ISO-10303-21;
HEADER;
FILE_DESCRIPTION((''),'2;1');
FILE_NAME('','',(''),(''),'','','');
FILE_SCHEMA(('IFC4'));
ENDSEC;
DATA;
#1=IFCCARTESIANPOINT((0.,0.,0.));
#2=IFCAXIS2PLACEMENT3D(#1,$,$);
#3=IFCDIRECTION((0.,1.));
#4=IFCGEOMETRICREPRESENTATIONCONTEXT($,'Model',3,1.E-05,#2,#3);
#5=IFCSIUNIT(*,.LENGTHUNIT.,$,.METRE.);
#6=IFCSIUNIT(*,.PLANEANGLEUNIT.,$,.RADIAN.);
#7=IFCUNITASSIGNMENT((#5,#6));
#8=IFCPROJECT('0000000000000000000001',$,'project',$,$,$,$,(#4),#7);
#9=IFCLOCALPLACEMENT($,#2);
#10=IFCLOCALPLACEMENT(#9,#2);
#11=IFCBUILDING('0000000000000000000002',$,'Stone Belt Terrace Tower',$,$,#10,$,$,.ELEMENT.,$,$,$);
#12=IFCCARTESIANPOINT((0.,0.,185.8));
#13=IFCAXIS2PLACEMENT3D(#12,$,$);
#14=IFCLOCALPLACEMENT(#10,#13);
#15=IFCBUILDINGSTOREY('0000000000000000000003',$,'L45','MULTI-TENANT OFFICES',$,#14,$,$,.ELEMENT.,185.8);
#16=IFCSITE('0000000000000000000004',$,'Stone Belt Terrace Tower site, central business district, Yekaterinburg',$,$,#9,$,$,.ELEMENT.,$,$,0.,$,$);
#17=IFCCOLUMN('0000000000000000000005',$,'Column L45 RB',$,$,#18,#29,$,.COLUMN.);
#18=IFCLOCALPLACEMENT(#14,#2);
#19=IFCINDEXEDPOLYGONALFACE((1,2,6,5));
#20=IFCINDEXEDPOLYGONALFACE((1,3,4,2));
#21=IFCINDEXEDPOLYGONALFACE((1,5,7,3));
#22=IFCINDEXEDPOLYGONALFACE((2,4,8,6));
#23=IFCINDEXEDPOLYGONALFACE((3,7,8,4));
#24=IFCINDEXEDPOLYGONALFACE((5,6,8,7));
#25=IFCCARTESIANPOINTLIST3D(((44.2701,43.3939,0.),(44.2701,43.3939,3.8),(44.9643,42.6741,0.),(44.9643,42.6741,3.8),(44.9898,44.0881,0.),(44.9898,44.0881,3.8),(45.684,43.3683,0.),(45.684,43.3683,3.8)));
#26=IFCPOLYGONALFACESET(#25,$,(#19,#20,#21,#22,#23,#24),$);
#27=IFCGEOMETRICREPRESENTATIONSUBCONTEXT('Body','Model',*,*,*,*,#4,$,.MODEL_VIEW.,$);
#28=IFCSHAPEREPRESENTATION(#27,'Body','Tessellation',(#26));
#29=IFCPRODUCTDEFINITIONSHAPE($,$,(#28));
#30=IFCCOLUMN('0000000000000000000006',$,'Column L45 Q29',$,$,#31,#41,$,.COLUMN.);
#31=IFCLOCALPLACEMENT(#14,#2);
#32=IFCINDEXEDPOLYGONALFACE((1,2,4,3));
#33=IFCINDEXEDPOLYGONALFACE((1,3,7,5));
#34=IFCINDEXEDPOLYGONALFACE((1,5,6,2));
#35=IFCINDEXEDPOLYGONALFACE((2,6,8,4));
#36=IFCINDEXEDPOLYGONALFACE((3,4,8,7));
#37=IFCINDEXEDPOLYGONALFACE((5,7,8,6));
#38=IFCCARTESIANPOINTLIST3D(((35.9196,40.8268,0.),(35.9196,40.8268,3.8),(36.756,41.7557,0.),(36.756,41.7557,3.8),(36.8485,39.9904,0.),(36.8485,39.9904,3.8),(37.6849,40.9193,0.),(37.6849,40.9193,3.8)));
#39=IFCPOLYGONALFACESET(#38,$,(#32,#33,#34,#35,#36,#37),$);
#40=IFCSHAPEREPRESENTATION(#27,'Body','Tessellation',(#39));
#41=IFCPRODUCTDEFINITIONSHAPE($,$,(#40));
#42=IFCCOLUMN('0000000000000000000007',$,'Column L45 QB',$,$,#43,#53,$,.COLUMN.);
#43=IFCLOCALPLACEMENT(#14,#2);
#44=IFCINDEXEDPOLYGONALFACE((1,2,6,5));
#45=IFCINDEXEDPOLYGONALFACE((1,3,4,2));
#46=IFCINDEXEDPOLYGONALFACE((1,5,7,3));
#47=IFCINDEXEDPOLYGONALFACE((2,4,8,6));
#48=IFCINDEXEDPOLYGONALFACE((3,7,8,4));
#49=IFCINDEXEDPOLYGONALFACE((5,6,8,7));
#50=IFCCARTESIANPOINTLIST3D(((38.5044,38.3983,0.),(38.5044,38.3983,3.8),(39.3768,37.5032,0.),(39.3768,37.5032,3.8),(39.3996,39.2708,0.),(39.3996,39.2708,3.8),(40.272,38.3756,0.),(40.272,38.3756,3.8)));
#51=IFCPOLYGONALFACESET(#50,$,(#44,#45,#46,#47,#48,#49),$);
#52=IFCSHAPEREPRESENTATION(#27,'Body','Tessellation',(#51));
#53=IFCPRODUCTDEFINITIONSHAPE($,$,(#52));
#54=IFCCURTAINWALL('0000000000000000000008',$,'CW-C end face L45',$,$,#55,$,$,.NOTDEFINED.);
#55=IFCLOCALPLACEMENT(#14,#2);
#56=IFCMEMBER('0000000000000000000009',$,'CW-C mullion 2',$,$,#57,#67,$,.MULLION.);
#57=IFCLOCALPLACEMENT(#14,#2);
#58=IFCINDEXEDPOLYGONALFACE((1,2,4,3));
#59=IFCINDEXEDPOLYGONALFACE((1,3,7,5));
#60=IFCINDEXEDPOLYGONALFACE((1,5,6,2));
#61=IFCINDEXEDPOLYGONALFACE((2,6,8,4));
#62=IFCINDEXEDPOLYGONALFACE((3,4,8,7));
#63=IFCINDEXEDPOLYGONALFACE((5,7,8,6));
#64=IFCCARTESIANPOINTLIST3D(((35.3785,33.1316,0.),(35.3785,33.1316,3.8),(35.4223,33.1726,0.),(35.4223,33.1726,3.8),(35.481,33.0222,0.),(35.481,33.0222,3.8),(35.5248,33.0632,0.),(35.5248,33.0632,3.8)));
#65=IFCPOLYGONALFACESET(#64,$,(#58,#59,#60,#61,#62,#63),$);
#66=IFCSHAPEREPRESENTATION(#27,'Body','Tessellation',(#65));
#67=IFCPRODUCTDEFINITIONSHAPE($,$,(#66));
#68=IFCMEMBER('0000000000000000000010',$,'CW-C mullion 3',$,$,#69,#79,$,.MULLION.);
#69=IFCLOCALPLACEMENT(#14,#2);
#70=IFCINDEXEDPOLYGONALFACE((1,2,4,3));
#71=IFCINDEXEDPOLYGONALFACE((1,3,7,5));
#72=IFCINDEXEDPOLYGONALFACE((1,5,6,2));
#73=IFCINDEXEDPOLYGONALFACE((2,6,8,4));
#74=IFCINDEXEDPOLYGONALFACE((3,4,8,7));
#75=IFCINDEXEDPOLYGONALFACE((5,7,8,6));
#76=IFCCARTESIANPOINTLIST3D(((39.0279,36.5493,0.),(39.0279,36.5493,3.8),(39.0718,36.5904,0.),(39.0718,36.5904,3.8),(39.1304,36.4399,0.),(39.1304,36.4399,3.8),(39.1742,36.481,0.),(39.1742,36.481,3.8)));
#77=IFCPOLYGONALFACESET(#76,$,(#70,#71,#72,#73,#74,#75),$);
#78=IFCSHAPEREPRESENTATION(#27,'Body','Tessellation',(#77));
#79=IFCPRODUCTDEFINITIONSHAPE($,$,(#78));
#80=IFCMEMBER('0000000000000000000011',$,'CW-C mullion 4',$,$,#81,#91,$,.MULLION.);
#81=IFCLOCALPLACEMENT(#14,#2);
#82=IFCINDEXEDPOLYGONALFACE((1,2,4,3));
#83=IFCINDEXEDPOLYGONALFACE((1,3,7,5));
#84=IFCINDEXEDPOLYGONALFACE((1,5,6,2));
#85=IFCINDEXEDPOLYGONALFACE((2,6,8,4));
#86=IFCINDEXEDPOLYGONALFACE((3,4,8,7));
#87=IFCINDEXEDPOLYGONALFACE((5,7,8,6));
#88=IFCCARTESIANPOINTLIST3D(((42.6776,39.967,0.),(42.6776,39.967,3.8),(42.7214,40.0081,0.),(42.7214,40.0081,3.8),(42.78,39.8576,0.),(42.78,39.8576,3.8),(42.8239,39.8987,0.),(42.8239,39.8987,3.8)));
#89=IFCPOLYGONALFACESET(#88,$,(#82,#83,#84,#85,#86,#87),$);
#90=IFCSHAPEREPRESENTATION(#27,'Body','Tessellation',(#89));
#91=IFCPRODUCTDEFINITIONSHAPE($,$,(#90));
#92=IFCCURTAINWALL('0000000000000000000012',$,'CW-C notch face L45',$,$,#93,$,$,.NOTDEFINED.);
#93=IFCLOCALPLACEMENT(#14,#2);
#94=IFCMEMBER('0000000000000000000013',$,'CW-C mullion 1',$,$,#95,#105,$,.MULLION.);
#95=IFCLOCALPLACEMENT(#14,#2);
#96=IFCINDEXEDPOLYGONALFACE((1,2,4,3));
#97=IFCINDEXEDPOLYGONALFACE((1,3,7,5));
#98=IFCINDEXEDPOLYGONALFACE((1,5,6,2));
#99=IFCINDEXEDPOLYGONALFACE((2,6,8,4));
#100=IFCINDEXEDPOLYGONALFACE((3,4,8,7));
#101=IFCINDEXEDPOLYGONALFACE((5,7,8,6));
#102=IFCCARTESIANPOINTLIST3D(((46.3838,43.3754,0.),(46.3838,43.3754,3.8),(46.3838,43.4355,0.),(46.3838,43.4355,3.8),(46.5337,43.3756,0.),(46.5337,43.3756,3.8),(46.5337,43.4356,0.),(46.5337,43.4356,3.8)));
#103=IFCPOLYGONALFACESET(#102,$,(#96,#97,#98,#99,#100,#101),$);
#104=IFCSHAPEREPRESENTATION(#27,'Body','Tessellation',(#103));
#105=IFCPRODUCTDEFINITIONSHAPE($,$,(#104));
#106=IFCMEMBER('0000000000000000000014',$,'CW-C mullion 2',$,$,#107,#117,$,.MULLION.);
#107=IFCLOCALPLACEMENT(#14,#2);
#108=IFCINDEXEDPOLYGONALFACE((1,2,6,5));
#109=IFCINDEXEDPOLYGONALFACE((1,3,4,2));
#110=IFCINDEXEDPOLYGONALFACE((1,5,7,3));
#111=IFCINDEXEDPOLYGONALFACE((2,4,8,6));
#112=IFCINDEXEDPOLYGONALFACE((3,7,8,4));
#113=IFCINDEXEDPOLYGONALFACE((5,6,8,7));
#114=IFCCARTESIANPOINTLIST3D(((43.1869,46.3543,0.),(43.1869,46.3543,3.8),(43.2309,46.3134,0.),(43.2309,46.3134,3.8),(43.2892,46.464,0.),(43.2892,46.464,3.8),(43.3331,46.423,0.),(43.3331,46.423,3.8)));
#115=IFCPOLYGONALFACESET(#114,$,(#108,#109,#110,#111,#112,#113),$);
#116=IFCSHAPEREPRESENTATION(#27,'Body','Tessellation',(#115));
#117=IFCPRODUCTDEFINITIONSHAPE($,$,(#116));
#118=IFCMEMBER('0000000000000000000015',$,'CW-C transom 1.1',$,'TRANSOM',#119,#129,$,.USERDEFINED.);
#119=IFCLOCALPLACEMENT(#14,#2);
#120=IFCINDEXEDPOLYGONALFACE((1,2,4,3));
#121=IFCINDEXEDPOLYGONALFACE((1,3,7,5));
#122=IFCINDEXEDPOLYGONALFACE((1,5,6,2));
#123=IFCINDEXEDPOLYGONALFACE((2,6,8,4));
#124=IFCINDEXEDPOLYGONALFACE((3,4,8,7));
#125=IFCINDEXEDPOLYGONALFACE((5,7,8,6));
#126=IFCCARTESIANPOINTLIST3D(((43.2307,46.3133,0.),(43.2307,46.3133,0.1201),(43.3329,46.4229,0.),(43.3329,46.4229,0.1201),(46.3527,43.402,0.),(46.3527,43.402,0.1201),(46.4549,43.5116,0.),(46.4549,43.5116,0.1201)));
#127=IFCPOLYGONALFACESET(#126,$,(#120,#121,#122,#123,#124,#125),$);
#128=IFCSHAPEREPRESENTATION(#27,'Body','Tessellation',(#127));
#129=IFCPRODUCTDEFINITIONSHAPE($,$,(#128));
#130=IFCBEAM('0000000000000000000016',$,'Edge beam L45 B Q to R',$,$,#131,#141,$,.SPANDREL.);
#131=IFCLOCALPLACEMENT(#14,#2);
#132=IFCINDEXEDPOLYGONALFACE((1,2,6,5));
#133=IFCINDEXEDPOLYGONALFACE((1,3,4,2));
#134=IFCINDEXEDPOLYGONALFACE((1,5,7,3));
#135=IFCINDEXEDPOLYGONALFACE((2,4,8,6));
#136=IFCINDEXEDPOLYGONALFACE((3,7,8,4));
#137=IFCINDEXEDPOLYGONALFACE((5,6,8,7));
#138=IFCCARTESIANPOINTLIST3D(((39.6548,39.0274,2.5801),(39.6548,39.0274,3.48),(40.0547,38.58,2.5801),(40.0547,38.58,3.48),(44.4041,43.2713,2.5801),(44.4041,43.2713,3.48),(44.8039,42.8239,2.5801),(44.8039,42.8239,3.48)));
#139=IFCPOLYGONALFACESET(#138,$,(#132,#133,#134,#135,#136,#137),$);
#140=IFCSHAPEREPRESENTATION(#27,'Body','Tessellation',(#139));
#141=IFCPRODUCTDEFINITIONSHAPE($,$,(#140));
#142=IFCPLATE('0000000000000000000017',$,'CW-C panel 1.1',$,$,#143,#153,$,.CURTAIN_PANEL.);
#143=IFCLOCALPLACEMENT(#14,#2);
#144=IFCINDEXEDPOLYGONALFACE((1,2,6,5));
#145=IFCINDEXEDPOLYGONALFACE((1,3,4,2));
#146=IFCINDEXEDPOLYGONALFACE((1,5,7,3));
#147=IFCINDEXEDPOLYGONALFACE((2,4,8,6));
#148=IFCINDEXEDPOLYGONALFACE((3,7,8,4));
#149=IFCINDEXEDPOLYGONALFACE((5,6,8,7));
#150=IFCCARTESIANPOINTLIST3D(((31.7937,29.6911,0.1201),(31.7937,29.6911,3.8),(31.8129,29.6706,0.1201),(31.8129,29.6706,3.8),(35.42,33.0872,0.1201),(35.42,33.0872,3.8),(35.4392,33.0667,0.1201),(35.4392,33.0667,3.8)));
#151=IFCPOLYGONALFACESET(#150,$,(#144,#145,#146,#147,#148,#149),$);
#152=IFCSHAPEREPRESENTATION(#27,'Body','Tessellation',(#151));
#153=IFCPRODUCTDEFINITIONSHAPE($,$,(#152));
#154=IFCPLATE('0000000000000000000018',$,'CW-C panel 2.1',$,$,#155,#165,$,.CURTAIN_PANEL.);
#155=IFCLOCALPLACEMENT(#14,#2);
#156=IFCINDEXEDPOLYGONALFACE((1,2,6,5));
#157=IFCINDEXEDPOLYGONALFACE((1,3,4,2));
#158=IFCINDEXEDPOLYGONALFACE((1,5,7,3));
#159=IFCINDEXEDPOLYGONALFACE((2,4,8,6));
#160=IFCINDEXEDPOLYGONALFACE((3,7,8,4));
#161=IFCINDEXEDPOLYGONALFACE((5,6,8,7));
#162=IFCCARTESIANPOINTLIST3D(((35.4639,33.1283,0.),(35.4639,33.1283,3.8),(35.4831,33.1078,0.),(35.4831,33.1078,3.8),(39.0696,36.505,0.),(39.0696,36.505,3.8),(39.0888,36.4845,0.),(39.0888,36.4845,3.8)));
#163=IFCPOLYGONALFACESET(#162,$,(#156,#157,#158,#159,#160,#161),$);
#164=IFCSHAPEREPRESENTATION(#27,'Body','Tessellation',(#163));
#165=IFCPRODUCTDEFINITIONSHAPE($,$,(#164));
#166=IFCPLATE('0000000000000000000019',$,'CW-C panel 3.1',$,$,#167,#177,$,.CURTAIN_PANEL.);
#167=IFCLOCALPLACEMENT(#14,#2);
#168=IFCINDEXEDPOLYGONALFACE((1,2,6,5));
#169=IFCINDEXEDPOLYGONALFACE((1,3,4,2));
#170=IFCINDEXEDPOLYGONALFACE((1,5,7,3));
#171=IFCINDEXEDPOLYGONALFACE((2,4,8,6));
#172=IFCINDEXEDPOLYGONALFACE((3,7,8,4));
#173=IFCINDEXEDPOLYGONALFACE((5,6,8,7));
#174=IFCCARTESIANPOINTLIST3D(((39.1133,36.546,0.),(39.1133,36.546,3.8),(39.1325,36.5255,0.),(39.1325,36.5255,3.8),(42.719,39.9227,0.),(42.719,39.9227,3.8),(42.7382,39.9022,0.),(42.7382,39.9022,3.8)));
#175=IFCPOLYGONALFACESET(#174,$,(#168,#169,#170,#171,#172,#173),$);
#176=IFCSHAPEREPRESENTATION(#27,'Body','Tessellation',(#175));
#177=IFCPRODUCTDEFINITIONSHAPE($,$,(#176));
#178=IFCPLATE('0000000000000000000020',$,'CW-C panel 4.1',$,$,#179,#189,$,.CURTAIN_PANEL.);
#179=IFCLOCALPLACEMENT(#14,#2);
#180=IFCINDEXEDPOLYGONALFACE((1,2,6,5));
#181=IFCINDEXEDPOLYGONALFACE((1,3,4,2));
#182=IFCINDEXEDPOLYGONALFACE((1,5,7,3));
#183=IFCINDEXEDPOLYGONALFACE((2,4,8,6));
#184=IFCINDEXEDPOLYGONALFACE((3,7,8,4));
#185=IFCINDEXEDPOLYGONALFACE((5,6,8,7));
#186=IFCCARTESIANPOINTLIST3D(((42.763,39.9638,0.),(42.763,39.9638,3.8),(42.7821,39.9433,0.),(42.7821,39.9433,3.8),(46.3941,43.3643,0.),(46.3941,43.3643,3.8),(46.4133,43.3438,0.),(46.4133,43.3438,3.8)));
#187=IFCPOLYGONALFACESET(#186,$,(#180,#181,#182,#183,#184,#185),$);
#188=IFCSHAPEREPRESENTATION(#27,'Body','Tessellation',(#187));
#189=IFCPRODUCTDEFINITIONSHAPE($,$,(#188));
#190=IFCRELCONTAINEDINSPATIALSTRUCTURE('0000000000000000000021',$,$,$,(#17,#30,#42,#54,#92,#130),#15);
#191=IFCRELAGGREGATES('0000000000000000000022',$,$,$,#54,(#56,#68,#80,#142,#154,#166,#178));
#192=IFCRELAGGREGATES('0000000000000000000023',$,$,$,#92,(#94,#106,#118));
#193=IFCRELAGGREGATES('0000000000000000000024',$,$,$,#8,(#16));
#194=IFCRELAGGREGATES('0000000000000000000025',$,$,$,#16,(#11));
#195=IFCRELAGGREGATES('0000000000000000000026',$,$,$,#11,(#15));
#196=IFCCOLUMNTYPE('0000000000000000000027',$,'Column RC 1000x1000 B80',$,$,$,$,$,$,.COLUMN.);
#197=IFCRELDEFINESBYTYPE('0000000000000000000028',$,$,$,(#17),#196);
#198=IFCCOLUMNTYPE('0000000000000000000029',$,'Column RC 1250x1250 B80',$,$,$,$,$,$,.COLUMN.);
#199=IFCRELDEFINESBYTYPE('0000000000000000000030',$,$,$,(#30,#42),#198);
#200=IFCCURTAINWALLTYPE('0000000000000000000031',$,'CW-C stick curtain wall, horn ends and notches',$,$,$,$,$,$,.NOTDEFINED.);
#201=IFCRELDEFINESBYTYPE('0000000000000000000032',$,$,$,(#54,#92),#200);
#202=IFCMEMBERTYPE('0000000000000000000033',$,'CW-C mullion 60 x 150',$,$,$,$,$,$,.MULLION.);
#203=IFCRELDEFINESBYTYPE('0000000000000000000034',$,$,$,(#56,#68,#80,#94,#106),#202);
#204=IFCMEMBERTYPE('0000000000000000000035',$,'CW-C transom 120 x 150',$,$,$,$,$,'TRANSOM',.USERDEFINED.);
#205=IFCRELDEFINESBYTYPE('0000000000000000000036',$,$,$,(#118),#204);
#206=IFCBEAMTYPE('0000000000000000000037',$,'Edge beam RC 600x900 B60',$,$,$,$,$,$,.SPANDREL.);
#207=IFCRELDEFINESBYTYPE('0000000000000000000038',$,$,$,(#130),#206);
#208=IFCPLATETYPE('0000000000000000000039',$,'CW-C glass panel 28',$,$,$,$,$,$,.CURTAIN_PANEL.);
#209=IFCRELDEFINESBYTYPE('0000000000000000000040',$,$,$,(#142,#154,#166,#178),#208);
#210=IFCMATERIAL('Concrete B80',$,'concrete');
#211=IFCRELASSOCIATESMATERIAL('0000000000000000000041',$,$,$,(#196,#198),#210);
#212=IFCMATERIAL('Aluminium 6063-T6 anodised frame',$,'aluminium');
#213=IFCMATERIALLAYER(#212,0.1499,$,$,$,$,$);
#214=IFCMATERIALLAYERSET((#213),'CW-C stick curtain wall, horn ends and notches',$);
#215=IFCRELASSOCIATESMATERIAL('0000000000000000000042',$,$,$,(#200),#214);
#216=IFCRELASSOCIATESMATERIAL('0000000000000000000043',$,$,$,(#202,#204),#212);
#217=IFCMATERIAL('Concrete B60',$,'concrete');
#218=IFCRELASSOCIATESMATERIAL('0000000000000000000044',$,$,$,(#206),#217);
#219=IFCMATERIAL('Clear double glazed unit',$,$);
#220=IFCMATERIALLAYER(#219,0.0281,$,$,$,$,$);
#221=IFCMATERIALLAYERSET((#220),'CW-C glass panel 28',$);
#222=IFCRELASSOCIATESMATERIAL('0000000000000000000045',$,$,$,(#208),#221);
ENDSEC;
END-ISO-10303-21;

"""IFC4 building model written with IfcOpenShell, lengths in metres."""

from ifc_helpers import new_model, si_unit, direction, frame, origin, origin_2d, place, context, subcontext, project, spatial, rectangle, extrude, material, layer, layer_set, material_profile, profile_set, type_object, element, aggregate, save


model = new_model("IFC4")

# Units and contexts
model_context = context("Model", 3, precision=1e-05, world=origin(), true_north=direction((0.0, 1.0)))
body_context = subcontext(model_context, "Body", "Model", "MODEL_VIEW")
ifc_project = project(units=[si_unit("LENGTHUNIT", "METRE"), si_unit("PLANEANGLEUNIT", "RADIAN")], contexts=[model_context])

# Site, building, storey
site_placement = place(None, origin())
site = spatial("IfcSite", under=ifc_project, at=site_placement, Name="Stone Belt Terrace Tower site, central business district, Yekaterinburg", CompositionType="ELEMENT", RefElevation=0.0)
building_placement = place(site_placement, origin())
building = spatial("IfcBuilding", under=site, at=building_placement, Name="Stone Belt Terrace Tower", CompositionType="ELEMENT")
storey_placement = place(building_placement, frame((0.0, 0.0, 185.8)))
storey = spatial("IfcBuildingStorey", under=building, at=storey_placement, Name="L45", Description="MULTI-TENANT OFFICES", CompositionType="ELEMENT", Elevation=185.8)

# Columns
ifc_material_1 = material(Name="Concrete B80", Category="concrete")
ifc_material_profile_1 = material_profile(ifc_material_1, rectangle(XDim=1.0, YDim=1.0, at=origin_2d()), Name="RC 1000x1000")
ifc_profile_set_1 = profile_set([ifc_material_profile_1], Name="Concrete B80")
column_type_1 = type_object("IfcColumnType", Name="Column RC 1000x1000 B80", PredefinedType="COLUMN", material=ifc_profile_set_1)
column_placement = place(storey_placement, frame((44.9771, 43.3811, 0.0), z_axis=(0.0, 0.0, 1.0), x_axis=(0.694221, -0.719762, 0.0)))
element("IfcColumn", 1, at=column_placement, inside=storey, type_object=column_type_1, Name="Column L45 RB", PredefinedType="COLUMN", context=body_context, shape_type="SweptSolid", body=[
    extrude(rectangle(XDim=1.0, YDim=1.0, at=origin_2d()), origin(), (0.0, 0.0, 1.0), 3.8),
])
ifc_material_profile_2 = material_profile(ifc_material_1, rectangle(XDim=1.25, YDim=1.25, at=origin_2d()), Name="RC 1250x1250")
ifc_profile_set_2 = profile_set([ifc_material_profile_2], Name="Concrete B80")
column_type_2 = type_object("IfcColumnType", Name="Column RC 1250x1250 B80", PredefinedType="COLUMN", material=ifc_profile_set_2)
for number, where, z_axis, x_axis, name in (
    (2, (36.8022, 40.873, 0.0), (0.0, 0.0, 1.0), (0.743145, -0.669131, 0.0), "Column L45 Q29"),
    (3, (39.3882, 38.387, 0.0), (0.0, 0.0, 1.0), (0.697944, -0.716152, 0.0), "Column L45 QB"),
):
    element("IfcColumn", number, at=place(storey_placement, frame(where, z_axis=z_axis, x_axis=x_axis)), inside=storey, type_object=column_type_2, Name=name, PredefinedType="COLUMN", context=body_context, shape_type="SweptSolid", body=[
        extrude(rectangle(XDim=1.25, YDim=1.25, at=origin_2d()), origin(), (0.0, 0.0, 1.0), 3.8),
    ])

# Curtain walls, members
ifc_material_2 = material(Name="Aluminium 6063-T6 anodised frame", Category="aluminium")
ifc_layer_1 = layer(ifc_material_2, 0.1499)
ifc_layer_set_1 = layer_set([ifc_layer_1], Name="CW-C stick curtain wall, horn ends and notches")
curtain_wall_type = type_object("IfcCurtainWallType", Name="CW-C stick curtain wall, horn ends and notches", PredefinedType="NOTDEFINED", material=ifc_layer_set_1)
curtain_wall_1_placement = place(storey_placement, origin())
curtain_wall_1 = element("IfcCurtainWall", 4, at=curtain_wall_1_placement, inside=storey, type_object=curtain_wall_type, Name="CW-C end face L45", PredefinedType="NOTDEFINED")
ifc_material_profile_3 = material_profile(ifc_material_2, rectangle(XDim=0.1499, YDim=0.0601, at=origin_2d()), Name="Aluminium 6063-T6 60x150")
ifc_profile_set_3 = profile_set([ifc_material_profile_3], Name="Aluminium 6063-T6 anodised frame")
member_type_1 = type_object("IfcMemberType", Name="CW-C mullion 60 x 150", PredefinedType="MULLION", material=ifc_profile_set_3)
member_1_placement = place(storey_placement, frame((35.4517, 33.0974, 0.0), z_axis=(0.0, 0.0, 1.0), x_axis=(-0.683549, 0.729904, 0.0)))
member_1 = element("IfcMember", 5, at=member_1_placement, type_object=member_type_1, Name="CW-C mullion 2", PredefinedType="MULLION", context=body_context, shape_type="SweptSolid", body=[
    extrude(rectangle(XDim=0.1499, YDim=0.0601, at=origin_2d()), origin(), (0.0, 0.0, 1.0), 3.8),
])
member_2_placement = place(storey_placement, frame((39.1011, 36.5151, 0.0), z_axis=(0.0, 0.0, 1.0), x_axis=(-0.683549, 0.729904, 0.0)))
member_2 = element("IfcMember", 6, at=member_2_placement, type_object=member_type_1, Name="CW-C mullion 3", PredefinedType="MULLION", context=body_context, shape_type="SweptSolid", body=[
    extrude(rectangle(XDim=0.1499, YDim=0.0601, at=origin_2d()), origin(), (0.0, 0.0, 1.0), 3.8),
])
member_3_placement = place(storey_placement, frame((42.7507, 39.9329, 0.0), z_axis=(0.0, 0.0, 1.0), x_axis=(-0.683549, 0.729904, 0.0)))
member_3 = element("IfcMember", 7, at=member_3_placement, type_object=member_type_1, Name="CW-C mullion 4", PredefinedType="MULLION", context=body_context, shape_type="SweptSolid", body=[
    extrude(rectangle(XDim=0.1499, YDim=0.0601, at=origin_2d()), origin(), (0.0, 0.0, 1.0), 3.8),
])
curtain_wall_2_placement = place(storey_placement, origin())
curtain_wall_2 = element("IfcCurtainWall", 8, at=curtain_wall_2_placement, inside=storey, type_object=curtain_wall_type, Name="CW-C notch face L45", PredefinedType="NOTDEFINED")
member_4_placement = place(storey_placement, frame((46.4587, 43.4055, 0.0), z_axis=(0.0, 0.0, 1.0), x_axis=(-0.999999, -0.001051, 0.0)))
member_4 = element("IfcMember", 9, at=member_4_placement, type_object=member_type_1, Name="CW-C mullion 1", PredefinedType="MULLION", context=body_context, shape_type="SweptSolid", body=[
    extrude(rectangle(XDim=0.1499, YDim=0.0601, at=origin_2d()), origin(), (0.0, 0.0, 1.0), 3.8),
])
member_5_placement = place(storey_placement, frame((43.26, 46.3887, 0.0), z_axis=(0.0, 0.0, 1.0), x_axis=(-0.682014, -0.731339, 0.0)))
member_5 = element("IfcMember", 10, at=member_5_placement, type_object=member_type_1, Name="CW-C mullion 2", PredefinedType="MULLION", context=body_context, shape_type="SweptSolid", body=[
    extrude(rectangle(XDim=0.1499, YDim=0.0601, at=origin_2d()), origin(), (0.0, 0.0, 1.0), 3.8),
])
ifc_material_profile_4 = material_profile(ifc_material_2, rectangle(XDim=0.1499, YDim=0.1201, at=origin_2d()), Name="Aluminium 6063-T6 150x120")
ifc_profile_set_4 = profile_set([ifc_material_profile_4], Name="Aluminium 6063-T6 anodised frame")
member_type_2 = type_object("IfcMemberType", Name="CW-C transom 120 x 150", ElementType="TRANSOM", PredefinedType="USERDEFINED", material=ifc_profile_set_4)
member_6_placement = place(storey_placement, frame((46.4038, 43.4568, 0.0601), z_axis=(-0.731354, 0.681998, 0.0), x_axis=(-0.681998, -0.731354, 0.0)))
member_6 = element("IfcMember", 11, at=member_6_placement, type_object=member_type_2, Name="CW-C transom 1.1", ObjectType="TRANSOM", PredefinedType="USERDEFINED", context=body_context, shape_type="SweptSolid", body=[
    extrude(rectangle(XDim=0.1499, YDim=0.1201, at=origin_2d()), origin(), (0.0, 0.0, 1.0), 4.2688),
])

# Beam
ifc_material_3 = material(Name="Concrete B60", Category="concrete")
ifc_material_profile_5 = material_profile(ifc_material_3, rectangle(XDim=0.6001, YDim=0.8999, at=origin_2d()), Name="RC 600x900")
ifc_profile_set_5 = profile_set([ifc_material_profile_5], Name="Concrete B60")
beam_type = type_object("IfcBeamType", Name="Edge beam RC 600x900 B60", PredefinedType="SPANDREL", material=ifc_profile_set_5)
beam_placement = place(storey_placement, frame((39.8547, 38.8037, 3.03), z_axis=(0.745666, 0.66632, 0.0), x_axis=(-0.66632, 0.745666, 0.0)))
element("IfcBeam", 12, at=beam_placement, inside=storey, type_object=beam_type, Name="Edge beam L45 B Q to R", PredefinedType="SPANDREL", context=body_context, shape_type="SweptSolid", body=[
    extrude(rectangle(XDim=0.6001, YDim=0.8999, at=origin_2d()), origin(), (0.0, 0.0, 1.0), 6.3691),
])

# Plates
ifc_material_4 = material(Name="Clear double glazed unit")
ifc_layer_2 = layer(ifc_material_4, 0.0281)
ifc_layer_set_2 = layer_set([ifc_layer_2], Name="CW-C glass panel 28")
plate_type = type_object("IfcPlateType", Name="CW-C glass panel 28", PredefinedType="CURTAIN_PANEL", material=ifc_layer_set_2)
plate_1_placement = place(storey_placement, frame((33.6165, 31.3789, 0.1201), z_axis=(0.0, 0.0, 1.0), x_axis=(0.729904, 0.683549, 0.0)))
plate_1 = element("IfcPlate", 13, at=plate_1_placement, type_object=plate_type, Name="CW-C panel 1.1", PredefinedType="CURTAIN_PANEL", context=body_context, shape_type="SweptSolid", body=[
    extrude(rectangle(XDim=4.9683, YDim=0.0281, at=origin_2d()), origin(), (0.0, 0.0, 1.0), 3.6799),
])
plate_2_placement = place(storey_placement, frame((37.2764, 34.8064, 0.0), z_axis=(0.0, 0.0, 1.0), x_axis=(0.729904, 0.683549, 0.0)))
plate_2 = element("IfcPlate", 14, at=plate_2_placement, type_object=plate_type, Name="CW-C panel 2.1", PredefinedType="CURTAIN_PANEL", context=body_context, shape_type="SweptSolid", body=[
    extrude(rectangle(XDim=4.9399, YDim=0.0281, at=origin_2d()), origin(), (0.0, 0.0, 1.0), 3.8),
])
plate_3_placement = place(storey_placement, frame((40.9258, 38.2241, 0.0), z_axis=(0.0, 0.0, 1.0), x_axis=(0.729904, 0.683549, 0.0)))
plate_3 = element("IfcPlate", 15, at=plate_3_placement, type_object=plate_type, Name="CW-C panel 3.1", PredefinedType="CURTAIN_PANEL", context=body_context, shape_type="SweptSolid", body=[
    extrude(rectangle(XDim=4.9399, YDim=0.0281, at=origin_2d()), origin(), (0.0, 0.0, 1.0), 3.8),
])
plate_4_placement = place(storey_placement, frame((44.5881, 41.6538, 0.0), z_axis=(0.0, 0.0, 1.0), x_axis=(0.729904, 0.683549, 0.0)))
plate_4 = element("IfcPlate", 16, at=plate_4_placement, type_object=plate_type, Name="CW-C panel 4.1", PredefinedType="CURTAIN_PANEL", context=body_context, shape_type="SweptSolid", body=[
    extrude(rectangle(XDim=4.9749, YDim=0.0281, at=origin_2d()), origin(), (0.0, 0.0, 1.0), 3.8),
])
aggregate(curtain_wall_1, [member_1, member_2, member_3, plate_1, plate_2, plate_3, plate_4])
aggregate(curtain_wall_2, [member_4, member_5, member_6])

save(model, "model.ifc")
